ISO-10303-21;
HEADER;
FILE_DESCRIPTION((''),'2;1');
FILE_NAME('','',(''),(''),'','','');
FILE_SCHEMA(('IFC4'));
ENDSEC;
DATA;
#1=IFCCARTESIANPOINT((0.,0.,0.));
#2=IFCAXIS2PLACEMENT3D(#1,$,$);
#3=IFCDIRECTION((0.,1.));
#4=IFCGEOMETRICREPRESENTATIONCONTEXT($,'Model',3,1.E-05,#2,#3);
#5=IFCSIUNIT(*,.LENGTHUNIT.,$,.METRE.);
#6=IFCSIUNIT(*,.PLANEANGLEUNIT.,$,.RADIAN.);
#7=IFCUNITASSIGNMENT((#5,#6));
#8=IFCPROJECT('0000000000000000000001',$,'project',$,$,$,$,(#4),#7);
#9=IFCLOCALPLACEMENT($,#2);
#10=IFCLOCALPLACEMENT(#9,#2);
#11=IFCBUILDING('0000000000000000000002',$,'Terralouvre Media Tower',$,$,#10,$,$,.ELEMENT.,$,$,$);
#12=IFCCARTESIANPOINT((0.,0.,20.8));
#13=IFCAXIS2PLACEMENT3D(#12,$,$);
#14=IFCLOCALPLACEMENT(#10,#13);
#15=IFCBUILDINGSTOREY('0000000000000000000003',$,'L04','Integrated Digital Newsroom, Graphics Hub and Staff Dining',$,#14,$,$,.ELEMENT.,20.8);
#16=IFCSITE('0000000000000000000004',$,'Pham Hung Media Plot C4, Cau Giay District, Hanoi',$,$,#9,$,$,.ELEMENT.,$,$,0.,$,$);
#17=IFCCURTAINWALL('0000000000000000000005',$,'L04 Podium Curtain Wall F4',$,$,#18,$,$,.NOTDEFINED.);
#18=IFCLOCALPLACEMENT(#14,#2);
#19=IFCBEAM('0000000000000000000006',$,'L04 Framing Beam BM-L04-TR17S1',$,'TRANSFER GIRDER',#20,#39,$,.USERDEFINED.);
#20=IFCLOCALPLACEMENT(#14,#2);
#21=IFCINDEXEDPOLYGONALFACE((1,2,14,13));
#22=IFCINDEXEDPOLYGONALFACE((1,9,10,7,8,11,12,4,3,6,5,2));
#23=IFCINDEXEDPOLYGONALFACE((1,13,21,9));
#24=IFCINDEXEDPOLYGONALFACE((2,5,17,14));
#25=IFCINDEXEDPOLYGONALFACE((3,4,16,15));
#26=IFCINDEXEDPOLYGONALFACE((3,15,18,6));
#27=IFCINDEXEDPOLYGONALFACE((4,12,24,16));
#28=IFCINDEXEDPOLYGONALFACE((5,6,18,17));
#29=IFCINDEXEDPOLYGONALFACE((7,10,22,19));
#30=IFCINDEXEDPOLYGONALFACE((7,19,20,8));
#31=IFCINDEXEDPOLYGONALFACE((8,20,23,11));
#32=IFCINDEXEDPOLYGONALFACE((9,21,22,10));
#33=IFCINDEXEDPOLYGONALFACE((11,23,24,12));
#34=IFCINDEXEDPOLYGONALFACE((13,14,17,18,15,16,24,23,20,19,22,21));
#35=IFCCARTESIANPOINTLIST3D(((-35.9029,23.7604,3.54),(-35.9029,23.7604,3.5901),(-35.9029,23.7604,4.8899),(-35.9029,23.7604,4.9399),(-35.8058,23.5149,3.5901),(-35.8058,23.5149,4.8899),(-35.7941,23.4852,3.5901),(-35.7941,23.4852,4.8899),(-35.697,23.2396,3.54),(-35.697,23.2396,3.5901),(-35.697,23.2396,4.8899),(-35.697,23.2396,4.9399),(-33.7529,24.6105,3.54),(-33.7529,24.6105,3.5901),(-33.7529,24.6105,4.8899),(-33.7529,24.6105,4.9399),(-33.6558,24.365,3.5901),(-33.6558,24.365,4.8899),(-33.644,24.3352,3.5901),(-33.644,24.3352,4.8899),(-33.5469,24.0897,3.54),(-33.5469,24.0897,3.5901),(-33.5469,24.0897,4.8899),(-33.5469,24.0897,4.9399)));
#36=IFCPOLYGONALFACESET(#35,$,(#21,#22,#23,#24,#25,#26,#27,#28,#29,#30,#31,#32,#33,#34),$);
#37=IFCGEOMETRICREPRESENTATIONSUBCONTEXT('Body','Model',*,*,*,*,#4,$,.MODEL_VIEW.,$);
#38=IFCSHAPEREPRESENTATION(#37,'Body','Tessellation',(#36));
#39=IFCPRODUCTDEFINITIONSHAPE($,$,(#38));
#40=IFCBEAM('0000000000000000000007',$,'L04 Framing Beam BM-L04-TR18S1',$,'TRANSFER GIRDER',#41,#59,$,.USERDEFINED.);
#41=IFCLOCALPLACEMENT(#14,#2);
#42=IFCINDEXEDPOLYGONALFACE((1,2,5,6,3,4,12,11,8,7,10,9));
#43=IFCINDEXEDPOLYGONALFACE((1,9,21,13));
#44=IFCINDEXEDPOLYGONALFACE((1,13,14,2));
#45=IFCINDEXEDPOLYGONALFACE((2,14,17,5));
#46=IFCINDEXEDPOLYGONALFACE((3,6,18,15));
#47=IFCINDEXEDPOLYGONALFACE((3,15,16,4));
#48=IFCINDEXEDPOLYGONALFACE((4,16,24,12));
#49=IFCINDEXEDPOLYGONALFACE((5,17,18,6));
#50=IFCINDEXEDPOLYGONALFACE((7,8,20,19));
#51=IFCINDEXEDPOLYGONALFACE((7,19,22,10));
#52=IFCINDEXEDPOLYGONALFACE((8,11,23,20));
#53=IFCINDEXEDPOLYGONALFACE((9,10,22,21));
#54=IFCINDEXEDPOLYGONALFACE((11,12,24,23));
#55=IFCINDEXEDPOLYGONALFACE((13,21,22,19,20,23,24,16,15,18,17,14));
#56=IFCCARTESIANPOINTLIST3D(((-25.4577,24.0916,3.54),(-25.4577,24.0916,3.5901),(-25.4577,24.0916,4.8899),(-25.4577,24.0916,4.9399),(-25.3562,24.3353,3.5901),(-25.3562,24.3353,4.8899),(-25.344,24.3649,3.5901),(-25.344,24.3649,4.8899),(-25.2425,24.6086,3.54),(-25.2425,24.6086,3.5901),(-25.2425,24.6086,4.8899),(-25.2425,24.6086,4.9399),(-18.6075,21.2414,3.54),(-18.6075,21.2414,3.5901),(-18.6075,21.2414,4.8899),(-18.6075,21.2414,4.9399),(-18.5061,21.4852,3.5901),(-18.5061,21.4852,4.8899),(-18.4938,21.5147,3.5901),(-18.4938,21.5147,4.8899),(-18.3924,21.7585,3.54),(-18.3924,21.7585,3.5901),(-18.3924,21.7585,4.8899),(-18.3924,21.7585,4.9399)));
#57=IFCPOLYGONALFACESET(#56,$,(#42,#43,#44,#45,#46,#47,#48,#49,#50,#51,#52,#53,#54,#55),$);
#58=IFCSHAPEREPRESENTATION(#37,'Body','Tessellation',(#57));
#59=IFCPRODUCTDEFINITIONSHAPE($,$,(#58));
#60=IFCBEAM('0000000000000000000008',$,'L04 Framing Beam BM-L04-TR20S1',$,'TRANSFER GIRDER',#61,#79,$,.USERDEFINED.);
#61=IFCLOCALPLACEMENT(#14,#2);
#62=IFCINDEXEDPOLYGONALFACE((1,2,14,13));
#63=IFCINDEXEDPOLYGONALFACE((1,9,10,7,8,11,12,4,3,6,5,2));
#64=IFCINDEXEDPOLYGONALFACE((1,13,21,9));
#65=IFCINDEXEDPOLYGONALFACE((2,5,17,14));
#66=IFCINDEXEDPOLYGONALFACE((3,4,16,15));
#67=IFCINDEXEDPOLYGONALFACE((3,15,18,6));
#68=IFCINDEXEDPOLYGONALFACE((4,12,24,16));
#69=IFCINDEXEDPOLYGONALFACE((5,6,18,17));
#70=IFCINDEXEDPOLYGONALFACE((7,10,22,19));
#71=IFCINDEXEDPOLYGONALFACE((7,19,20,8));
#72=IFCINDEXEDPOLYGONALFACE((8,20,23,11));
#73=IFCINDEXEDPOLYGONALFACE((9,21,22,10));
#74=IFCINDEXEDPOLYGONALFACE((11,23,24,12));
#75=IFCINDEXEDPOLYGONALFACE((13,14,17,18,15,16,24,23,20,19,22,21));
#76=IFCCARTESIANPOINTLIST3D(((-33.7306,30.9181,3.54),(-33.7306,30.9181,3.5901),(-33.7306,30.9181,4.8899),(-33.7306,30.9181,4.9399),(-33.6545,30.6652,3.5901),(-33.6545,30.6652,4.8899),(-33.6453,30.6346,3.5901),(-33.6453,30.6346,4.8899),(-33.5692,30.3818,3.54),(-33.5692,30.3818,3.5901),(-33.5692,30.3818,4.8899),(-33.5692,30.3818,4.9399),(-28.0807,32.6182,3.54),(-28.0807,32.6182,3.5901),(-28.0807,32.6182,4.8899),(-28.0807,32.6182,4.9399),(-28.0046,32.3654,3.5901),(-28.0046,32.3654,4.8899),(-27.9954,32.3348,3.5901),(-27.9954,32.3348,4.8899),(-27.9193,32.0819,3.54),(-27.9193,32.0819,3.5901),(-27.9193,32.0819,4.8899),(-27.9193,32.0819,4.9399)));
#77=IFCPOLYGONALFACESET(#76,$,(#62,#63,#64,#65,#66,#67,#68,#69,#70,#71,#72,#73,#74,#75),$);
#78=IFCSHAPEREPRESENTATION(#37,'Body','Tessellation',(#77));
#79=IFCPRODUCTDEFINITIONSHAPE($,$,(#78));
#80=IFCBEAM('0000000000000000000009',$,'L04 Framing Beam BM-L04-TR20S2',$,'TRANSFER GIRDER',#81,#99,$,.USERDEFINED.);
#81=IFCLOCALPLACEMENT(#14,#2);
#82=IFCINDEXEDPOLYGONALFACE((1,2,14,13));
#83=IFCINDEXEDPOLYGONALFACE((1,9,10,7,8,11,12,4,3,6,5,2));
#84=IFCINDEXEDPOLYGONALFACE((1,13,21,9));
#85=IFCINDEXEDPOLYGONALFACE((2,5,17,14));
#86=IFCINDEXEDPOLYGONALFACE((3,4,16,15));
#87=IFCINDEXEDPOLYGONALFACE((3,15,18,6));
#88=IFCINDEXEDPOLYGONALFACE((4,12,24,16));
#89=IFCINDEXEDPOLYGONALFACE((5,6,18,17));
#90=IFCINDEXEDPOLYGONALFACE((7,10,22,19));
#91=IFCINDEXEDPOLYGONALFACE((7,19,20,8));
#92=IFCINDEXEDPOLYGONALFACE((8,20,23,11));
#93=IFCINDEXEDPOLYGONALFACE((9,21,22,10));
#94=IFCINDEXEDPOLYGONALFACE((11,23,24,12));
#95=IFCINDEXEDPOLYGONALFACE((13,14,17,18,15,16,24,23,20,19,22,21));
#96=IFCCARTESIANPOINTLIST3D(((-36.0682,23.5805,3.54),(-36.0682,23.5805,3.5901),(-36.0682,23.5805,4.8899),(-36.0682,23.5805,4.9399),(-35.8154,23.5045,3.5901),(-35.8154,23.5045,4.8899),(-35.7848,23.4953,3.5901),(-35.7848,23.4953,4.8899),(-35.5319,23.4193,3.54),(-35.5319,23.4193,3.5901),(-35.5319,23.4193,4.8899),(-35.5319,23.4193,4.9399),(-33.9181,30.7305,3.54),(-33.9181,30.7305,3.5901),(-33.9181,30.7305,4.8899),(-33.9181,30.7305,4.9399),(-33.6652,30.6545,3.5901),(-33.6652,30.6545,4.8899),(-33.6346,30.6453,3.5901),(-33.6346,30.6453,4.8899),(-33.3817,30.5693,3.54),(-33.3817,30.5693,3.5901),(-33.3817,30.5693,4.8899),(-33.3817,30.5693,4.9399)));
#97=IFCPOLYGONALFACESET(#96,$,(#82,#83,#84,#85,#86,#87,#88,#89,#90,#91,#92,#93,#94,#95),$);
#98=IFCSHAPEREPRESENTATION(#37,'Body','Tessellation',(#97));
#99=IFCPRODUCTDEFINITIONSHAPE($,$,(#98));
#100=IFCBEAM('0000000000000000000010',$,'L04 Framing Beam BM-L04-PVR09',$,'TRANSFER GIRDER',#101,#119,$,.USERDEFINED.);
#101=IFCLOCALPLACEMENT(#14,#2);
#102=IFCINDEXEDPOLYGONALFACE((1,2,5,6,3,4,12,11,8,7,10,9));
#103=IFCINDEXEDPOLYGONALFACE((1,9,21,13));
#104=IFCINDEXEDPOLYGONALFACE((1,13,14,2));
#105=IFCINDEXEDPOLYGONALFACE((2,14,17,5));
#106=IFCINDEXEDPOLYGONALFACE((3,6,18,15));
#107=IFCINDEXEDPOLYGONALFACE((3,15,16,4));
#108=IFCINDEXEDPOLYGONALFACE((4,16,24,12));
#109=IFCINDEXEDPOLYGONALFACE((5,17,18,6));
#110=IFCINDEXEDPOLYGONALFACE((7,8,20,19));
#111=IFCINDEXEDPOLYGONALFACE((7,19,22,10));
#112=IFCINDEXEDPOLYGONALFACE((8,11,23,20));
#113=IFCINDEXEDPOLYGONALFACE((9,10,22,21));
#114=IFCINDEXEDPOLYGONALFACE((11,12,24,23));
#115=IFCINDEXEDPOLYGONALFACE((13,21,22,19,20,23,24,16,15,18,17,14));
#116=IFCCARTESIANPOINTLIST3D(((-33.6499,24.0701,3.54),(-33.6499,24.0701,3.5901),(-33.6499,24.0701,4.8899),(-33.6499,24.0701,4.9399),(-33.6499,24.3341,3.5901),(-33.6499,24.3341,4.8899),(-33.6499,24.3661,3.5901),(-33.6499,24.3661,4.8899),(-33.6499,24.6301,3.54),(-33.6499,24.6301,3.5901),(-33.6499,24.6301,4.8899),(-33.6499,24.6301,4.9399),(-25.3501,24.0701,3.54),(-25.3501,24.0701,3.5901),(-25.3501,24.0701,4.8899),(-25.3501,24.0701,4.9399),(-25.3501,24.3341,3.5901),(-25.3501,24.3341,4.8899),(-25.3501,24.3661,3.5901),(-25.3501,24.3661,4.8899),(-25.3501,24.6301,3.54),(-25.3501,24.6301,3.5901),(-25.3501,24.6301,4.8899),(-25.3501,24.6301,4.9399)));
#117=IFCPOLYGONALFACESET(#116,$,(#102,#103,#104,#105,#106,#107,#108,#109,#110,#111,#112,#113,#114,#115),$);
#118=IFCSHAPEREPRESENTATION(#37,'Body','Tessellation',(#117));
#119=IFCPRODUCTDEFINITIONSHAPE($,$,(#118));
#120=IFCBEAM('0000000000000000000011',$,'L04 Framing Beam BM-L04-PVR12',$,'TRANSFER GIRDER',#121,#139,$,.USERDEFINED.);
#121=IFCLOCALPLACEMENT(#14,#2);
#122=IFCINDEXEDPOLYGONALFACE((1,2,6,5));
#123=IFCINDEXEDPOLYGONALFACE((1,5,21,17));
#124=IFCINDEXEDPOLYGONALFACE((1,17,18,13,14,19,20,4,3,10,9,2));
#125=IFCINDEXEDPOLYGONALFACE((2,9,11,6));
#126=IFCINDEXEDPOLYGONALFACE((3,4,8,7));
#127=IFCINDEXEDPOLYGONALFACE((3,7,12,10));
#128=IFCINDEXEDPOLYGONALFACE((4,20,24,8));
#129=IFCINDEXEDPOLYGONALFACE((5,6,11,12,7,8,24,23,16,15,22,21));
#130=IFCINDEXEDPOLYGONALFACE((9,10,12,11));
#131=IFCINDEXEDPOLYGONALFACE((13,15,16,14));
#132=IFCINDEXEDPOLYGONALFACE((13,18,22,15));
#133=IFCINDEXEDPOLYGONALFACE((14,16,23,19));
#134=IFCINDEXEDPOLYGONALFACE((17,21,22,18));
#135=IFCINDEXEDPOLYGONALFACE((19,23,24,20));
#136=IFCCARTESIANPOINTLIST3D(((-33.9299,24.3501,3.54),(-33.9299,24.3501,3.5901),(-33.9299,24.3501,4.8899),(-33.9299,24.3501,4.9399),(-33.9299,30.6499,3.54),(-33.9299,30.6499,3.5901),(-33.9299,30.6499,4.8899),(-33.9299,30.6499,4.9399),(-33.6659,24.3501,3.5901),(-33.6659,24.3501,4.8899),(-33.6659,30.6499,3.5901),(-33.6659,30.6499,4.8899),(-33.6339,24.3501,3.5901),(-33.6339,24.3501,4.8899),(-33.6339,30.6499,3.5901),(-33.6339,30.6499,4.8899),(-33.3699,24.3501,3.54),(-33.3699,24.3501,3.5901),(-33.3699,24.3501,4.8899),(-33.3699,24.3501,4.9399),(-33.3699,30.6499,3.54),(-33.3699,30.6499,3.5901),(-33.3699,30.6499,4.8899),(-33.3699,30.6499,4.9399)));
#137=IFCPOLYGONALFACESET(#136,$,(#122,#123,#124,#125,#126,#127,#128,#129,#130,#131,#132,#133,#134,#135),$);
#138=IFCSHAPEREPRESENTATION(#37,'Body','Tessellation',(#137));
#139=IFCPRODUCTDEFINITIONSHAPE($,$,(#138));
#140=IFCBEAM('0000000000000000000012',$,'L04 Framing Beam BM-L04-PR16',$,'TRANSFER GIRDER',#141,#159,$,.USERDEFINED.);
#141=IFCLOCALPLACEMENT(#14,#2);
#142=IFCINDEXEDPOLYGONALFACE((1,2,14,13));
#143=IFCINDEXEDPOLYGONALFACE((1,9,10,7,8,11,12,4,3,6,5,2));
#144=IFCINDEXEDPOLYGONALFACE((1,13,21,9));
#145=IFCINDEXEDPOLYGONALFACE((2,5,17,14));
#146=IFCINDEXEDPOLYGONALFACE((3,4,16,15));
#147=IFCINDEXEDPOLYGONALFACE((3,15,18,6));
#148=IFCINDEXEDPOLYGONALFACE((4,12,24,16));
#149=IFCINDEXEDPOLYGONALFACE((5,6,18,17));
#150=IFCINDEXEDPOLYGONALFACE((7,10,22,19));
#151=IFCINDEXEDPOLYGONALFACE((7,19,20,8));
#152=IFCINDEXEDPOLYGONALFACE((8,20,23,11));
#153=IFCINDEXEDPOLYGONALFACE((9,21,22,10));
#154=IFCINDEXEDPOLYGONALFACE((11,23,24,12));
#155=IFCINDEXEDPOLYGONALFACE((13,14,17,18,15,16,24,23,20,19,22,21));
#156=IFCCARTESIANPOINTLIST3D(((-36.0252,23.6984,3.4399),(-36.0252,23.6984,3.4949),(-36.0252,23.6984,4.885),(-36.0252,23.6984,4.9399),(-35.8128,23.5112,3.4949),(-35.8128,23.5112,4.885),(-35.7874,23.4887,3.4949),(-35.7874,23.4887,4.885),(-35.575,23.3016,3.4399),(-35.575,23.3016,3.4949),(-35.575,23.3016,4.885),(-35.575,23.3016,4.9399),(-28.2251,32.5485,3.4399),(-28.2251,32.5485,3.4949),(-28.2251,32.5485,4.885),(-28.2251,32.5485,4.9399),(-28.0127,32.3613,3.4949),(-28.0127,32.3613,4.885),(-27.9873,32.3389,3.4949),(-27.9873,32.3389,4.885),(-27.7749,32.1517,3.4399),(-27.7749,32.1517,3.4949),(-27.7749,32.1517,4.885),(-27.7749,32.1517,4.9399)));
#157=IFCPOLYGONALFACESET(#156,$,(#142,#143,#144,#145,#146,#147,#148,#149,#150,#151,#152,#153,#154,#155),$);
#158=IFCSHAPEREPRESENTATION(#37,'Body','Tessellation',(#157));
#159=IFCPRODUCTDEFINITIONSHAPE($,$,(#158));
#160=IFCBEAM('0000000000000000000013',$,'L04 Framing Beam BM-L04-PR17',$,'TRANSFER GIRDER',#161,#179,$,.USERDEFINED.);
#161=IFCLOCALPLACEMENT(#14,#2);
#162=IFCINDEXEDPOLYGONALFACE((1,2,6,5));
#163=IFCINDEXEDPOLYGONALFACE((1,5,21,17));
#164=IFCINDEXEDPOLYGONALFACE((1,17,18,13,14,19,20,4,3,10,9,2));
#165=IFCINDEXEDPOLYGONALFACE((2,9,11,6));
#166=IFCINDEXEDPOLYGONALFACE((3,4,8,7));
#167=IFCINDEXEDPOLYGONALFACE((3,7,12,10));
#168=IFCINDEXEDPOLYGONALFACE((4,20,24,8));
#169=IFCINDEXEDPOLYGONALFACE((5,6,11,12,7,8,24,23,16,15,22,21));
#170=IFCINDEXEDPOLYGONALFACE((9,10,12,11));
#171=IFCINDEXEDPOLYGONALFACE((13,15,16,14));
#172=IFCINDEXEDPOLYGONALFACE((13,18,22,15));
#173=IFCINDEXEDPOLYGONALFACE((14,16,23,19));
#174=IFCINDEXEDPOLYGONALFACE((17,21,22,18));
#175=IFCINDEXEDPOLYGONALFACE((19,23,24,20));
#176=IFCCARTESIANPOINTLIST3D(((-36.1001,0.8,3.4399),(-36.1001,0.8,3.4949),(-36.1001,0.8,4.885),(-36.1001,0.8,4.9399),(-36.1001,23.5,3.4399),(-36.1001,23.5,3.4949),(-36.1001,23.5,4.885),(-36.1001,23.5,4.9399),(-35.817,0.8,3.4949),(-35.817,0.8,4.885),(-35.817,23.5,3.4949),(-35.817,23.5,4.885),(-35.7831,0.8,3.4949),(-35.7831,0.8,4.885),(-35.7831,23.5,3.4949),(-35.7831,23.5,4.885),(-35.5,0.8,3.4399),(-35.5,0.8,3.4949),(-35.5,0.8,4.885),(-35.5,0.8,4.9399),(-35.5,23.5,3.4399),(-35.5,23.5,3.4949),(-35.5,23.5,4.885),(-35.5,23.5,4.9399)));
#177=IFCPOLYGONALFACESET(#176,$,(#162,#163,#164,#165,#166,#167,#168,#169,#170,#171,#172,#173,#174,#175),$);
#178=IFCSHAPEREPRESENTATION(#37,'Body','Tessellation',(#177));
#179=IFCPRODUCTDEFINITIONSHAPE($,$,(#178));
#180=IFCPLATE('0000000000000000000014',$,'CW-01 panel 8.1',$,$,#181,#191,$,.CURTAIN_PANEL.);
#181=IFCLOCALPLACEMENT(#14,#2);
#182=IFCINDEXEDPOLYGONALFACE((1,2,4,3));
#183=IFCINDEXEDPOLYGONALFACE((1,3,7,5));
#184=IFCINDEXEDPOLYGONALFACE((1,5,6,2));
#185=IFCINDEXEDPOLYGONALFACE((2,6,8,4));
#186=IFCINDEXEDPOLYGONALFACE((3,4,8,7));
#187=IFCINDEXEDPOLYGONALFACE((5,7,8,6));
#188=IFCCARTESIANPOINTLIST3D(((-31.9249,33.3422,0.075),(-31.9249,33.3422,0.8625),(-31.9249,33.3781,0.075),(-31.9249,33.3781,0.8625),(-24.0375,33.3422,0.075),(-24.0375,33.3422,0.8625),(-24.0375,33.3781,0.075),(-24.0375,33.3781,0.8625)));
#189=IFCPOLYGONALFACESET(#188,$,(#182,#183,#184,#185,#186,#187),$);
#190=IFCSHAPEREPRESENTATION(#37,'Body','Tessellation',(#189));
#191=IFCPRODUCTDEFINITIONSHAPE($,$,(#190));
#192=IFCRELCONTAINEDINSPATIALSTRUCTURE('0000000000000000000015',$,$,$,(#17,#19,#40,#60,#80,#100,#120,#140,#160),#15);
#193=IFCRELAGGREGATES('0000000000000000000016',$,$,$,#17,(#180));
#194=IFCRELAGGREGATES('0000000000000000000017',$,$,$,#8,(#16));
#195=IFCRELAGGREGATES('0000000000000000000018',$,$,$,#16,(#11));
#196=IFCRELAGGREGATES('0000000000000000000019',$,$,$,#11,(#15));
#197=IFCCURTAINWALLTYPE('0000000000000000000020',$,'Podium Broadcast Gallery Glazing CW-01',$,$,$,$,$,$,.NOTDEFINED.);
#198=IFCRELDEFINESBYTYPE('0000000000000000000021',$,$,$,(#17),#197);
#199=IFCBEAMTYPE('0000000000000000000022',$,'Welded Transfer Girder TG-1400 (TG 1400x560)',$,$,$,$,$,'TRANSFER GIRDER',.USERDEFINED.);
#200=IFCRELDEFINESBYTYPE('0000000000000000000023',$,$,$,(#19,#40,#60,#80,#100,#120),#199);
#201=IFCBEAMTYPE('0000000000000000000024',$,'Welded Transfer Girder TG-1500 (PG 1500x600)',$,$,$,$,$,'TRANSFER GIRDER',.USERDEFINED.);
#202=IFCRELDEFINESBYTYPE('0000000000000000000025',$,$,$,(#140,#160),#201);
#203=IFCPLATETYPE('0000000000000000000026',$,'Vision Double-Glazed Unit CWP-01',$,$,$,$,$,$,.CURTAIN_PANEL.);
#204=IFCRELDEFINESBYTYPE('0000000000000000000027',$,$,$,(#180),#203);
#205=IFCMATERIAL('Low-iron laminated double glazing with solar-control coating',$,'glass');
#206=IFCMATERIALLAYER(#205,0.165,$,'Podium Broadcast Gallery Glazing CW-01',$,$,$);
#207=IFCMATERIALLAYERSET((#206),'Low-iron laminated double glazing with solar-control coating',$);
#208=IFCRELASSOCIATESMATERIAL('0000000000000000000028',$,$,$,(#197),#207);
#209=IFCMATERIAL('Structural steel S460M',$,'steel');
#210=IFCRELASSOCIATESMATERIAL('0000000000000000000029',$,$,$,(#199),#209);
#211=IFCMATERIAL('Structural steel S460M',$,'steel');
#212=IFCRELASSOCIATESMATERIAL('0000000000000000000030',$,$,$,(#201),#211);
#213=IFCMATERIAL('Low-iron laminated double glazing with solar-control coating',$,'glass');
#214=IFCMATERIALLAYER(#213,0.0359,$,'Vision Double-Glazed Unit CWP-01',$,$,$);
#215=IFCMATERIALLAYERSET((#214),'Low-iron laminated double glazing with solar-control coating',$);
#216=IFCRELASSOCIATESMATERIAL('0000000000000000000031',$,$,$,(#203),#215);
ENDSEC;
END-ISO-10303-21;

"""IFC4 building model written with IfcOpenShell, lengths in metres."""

from ifc_helpers import new_model, si_unit, direction, frame, origin, origin_2d, place, context, subcontext, project, spatial, rectangle, i_section, extrude, material, layer, layer_set, material_profile, profile_set, type_object, element, aggregate, save


model = new_model("IFC4")

# Units and contexts
model_context = context("Model", 3, precision=1e-05, world=origin(), true_north=direction((0.0, 1.0)))
body_context = subcontext(model_context, "Body", "Model", "MODEL_VIEW")
ifc_project = project(units=[si_unit("LENGTHUNIT", "METRE"), si_unit("PLANEANGLEUNIT", "RADIAN")], contexts=[model_context])

# Site, building, storey
site_placement = place(None, origin())
site = spatial("IfcSite", under=ifc_project, at=site_placement, Name="Pham Hung Media Plot C4, Cau Giay District, Hanoi", CompositionType="ELEMENT", RefElevation=0.0)
building_placement = place(site_placement, origin())
building = spatial("IfcBuilding", under=site, at=building_placement, Name="Terralouvre Media Tower", CompositionType="ELEMENT")
storey_placement = place(building_placement, frame((0.0, 0.0, 20.8)))
storey = spatial("IfcBuildingStorey", under=building, at=storey_placement, Name="L04", Description="Integrated Digital Newsroom, Graphics Hub and Staff Dining", CompositionType="ELEMENT", Elevation=20.8)

# Curtain wall
ifc_material_1 = material(Name="Low-iron laminated double glazing with solar-control coating", Category="glass")
ifc_layer_1 = layer(ifc_material_1, 0.165, Name="Podium Broadcast Gallery Glazing CW-01")
ifc_layer_set_1 = layer_set([ifc_layer_1], Name="Low-iron laminated double glazing with solar-control coating")
curtain_wall_type = type_object("IfcCurtainWallType", Name="Podium Broadcast Gallery Glazing CW-01", PredefinedType="NOTDEFINED", material=ifc_layer_set_1)
curtain_wall_placement = place(storey_placement, origin())
curtain_wall = element("IfcCurtainWall", 1, at=curtain_wall_placement, inside=storey, type_object=curtain_wall_type, Name="L04 Podium Curtain Wall F4", PredefinedType="NOTDEFINED")

# Beams
ifc_material_2 = material(Name="Structural steel S460M", Category="steel")
ifc_material_profile_1 = material_profile(ifc_material_2, i_section(OverallWidth=0.5601, OverallDepth=1.3999, WebThickness=0.032, FlangeThickness=0.05, at=origin_2d()), Name="TG 1400x560")
ifc_profile_set_1 = profile_set([ifc_material_profile_1], Name="Structural steel S460M")
beam_type_1 = type_object("IfcBeamType", Name="Welded Transfer Girder TG-1400 (TG 1400x560)", ElementType="TRANSFER GIRDER", PredefinedType="USERDEFINED", material=ifc_profile_set_1)
beam_1_placement = place(storey_placement, frame((-33.6499, 24.3501, 4.24), z_axis=(-0.929955, -0.367674, 0.0), x_axis=(0.367674, -0.929955, 0.0)))
element("IfcBeam", 2, at=beam_1_placement, inside=storey, type_object=beam_type_1, Name="L04 Framing Beam BM-L04-TR17S1", ObjectType="TRANSFER GIRDER", PredefinedType="USERDEFINED", context=body_context, shape_type="SweptSolid", body=[
    extrude(i_section(OverallWidth=0.5601, OverallDepth=1.3999, WebThickness=0.032, FlangeThickness=0.05, at=origin_2d()), origin(), (0.0, 0.0, 1.0), 2.312),
])
beam_2_placement = place(storey_placement, frame((-25.3501, 24.3501, 4.24), z_axis=(0.923273, -0.384143, 0.0), x_axis=(0.384143, 0.923273, 0.0)))
element("IfcBeam", 3, at=beam_2_placement, inside=storey, type_object=beam_type_1, Name="L04 Framing Beam BM-L04-TR18S1", ObjectType="TRANSFER GIRDER", PredefinedType="USERDEFINED", context=body_context, shape_type="SweptSolid", body=[
    extrude(i_section(OverallWidth=0.5601, OverallDepth=1.3999, WebThickness=0.032, FlangeThickness=0.05, at=origin_2d()), origin(), (0.0, 0.0, 1.0), 7.4194),
])
beam_3_placement = place(storey_placement, frame((-33.6499, 30.6499, 4.24), z_axis=(0.957582, 0.28816, 0.0), x_axis=(-0.28816, 0.957582, 0.0)))
element("IfcBeam", 4, at=beam_3_placement, inside=storey, type_object=beam_type_1, Name="L04 Framing Beam BM-L04-TR20S1", ObjectType="TRANSFER GIRDER", PredefinedType="USERDEFINED", context=body_context, shape_type="SweptSolid", body=[
    extrude(i_section(OverallWidth=0.5601, OverallDepth=1.3999, WebThickness=0.032, FlangeThickness=0.05, at=origin_2d()), origin(), (0.0, 0.0, 1.0), 5.9001),
])
beam_4_placement = place(storey_placement, frame((-33.6499, 30.6499, 4.24), z_axis=(-0.287984, -0.957635, 0.0), x_axis=(0.957635, -0.287984, 0.0)))
element("IfcBeam", 5, at=beam_4_placement, inside=storey, type_object=beam_type_1, Name="L04 Framing Beam BM-L04-TR20S2", ObjectType="TRANSFER GIRDER", PredefinedType="USERDEFINED", context=body_context, shape_type="SweptSolid", body=[
    extrude(i_section(OverallWidth=0.5601, OverallDepth=1.3999, WebThickness=0.032, FlangeThickness=0.05, at=origin_2d()), origin(), (0.0, 0.0, 1.0), 7.4663),
])
beam_5_placement = place(storey_placement, frame((-33.6499, 24.3501, 4.24), z_axis=(1.0, 0.0, 0.0), x_axis=(0.0, 1.0, 0.0)))
element("IfcBeam", 6, at=beam_5_placement, inside=storey, type_object=beam_type_1, Name="L04 Framing Beam BM-L04-PVR09", ObjectType="TRANSFER GIRDER", PredefinedType="USERDEFINED", context=body_context, shape_type="SweptSolid", body=[
    extrude(i_section(OverallWidth=0.5601, OverallDepth=1.3999, WebThickness=0.032, FlangeThickness=0.05, at=origin_2d()), origin(), (0.0, 0.0, 1.0), 8.2998),
])
beam_6_placement = place(storey_placement, frame((-33.6499, 30.6499, 4.24), z_axis=(0.0, -1.0, 0.0), x_axis=(1.0, 0.0, 0.0)))
element("IfcBeam", 7, at=beam_6_placement, inside=storey, type_object=beam_type_1, Name="L04 Framing Beam BM-L04-PVR12", ObjectType="TRANSFER GIRDER", PredefinedType="USERDEFINED", context=body_context, shape_type="SweptSolid", body=[
    extrude(i_section(OverallWidth=0.5601, OverallDepth=1.3999, WebThickness=0.032, FlangeThickness=0.05, at=origin_2d()), origin(), (0.0, 0.0, 1.0), 6.2998),
])
ifc_material_3 = material(Name="Structural steel S460M", Category="steel")
ifc_material_profile_2 = material_profile(ifc_material_3, i_section(OverallWidth=0.6001, OverallDepth=1.5, WebThickness=0.0339, FlangeThickness=0.0549, at=origin_2d()), Name="PG 1500x600")
ifc_profile_set_2 = profile_set([ifc_material_profile_2], Name="Structural steel S460M")
beam_type_2 = type_object("IfcBeamType", Name="Welded Transfer Girder TG-1500 (PG 1500x600)", ElementType="TRANSFER GIRDER", PredefinedType="USERDEFINED", material=ifc_profile_set_2)
beam_7_placement = place(storey_placement, frame((-28.0, 32.3501, 4.1899), z_axis=(-0.661199, -0.75021, 0.0), x_axis=(0.75021, -0.661199, 0.0)))
element("IfcBeam", 8, at=beam_7_placement, inside=storey, type_object=beam_type_2, Name="L04 Framing Beam BM-L04-PR16", ObjectType="TRANSFER GIRDER", PredefinedType="USERDEFINED", context=body_context, shape_type="SweptSolid", body=[
    extrude(i_section(OverallWidth=0.6001, OverallDepth=1.5, WebThickness=0.0339, FlangeThickness=0.0549, at=origin_2d()), origin(), (0.0, 0.0, 1.0), 11.7969),
])
beam_8_placement = place(storey_placement, frame((-35.8, 23.5, 4.1899), z_axis=(0.0, -1.0, 0.0), x_axis=(1.0, 0.0, 0.0)))
element("IfcBeam", 9, at=beam_8_placement, inside=storey, type_object=beam_type_2, Name="L04 Framing Beam BM-L04-PR17", ObjectType="TRANSFER GIRDER", PredefinedType="USERDEFINED", context=body_context, shape_type="SweptSolid", body=[
    extrude(i_section(OverallWidth=0.6001, OverallDepth=1.5, WebThickness=0.0339, FlangeThickness=0.0549, at=origin_2d()), origin(), (0.0, 0.0, 1.0), 22.7),
])

# Plate
ifc_material_4 = material(Name="Low-iron laminated double glazing with solar-control coating", Category="glass")
ifc_layer_2 = layer(ifc_material_4, 0.0359, Name="Vision Double-Glazed Unit CWP-01")
ifc_layer_set_2 = layer_set([ifc_layer_2], Name="Low-iron laminated double glazing with solar-control coating")
plate_type = type_object("IfcPlateType", Name="Vision Double-Glazed Unit CWP-01", PredefinedType="CURTAIN_PANEL", material=ifc_layer_set_2)
plate_1_placement = place(storey_placement, frame((-27.9812, 33.3601, 0.075), z_axis=(0.0, 0.0, 1.0), x_axis=(-1.0, 0.0, 0.0)))
plate_1 = element("IfcPlate", 10, at=plate_1_placement, type_object=plate_type, Name="CW-01 panel 8.1", PredefinedType="CURTAIN_PANEL", context=body_context, shape_type="SweptSolid", body=[
    extrude(rectangle(XDim=7.8875, YDim=0.0359, at=origin_2d()), origin(), (0.0, 0.0, 1.0), 0.7876),
])
aggregate(curtain_wall, [plate_1])

save(model, "model.ifc")
